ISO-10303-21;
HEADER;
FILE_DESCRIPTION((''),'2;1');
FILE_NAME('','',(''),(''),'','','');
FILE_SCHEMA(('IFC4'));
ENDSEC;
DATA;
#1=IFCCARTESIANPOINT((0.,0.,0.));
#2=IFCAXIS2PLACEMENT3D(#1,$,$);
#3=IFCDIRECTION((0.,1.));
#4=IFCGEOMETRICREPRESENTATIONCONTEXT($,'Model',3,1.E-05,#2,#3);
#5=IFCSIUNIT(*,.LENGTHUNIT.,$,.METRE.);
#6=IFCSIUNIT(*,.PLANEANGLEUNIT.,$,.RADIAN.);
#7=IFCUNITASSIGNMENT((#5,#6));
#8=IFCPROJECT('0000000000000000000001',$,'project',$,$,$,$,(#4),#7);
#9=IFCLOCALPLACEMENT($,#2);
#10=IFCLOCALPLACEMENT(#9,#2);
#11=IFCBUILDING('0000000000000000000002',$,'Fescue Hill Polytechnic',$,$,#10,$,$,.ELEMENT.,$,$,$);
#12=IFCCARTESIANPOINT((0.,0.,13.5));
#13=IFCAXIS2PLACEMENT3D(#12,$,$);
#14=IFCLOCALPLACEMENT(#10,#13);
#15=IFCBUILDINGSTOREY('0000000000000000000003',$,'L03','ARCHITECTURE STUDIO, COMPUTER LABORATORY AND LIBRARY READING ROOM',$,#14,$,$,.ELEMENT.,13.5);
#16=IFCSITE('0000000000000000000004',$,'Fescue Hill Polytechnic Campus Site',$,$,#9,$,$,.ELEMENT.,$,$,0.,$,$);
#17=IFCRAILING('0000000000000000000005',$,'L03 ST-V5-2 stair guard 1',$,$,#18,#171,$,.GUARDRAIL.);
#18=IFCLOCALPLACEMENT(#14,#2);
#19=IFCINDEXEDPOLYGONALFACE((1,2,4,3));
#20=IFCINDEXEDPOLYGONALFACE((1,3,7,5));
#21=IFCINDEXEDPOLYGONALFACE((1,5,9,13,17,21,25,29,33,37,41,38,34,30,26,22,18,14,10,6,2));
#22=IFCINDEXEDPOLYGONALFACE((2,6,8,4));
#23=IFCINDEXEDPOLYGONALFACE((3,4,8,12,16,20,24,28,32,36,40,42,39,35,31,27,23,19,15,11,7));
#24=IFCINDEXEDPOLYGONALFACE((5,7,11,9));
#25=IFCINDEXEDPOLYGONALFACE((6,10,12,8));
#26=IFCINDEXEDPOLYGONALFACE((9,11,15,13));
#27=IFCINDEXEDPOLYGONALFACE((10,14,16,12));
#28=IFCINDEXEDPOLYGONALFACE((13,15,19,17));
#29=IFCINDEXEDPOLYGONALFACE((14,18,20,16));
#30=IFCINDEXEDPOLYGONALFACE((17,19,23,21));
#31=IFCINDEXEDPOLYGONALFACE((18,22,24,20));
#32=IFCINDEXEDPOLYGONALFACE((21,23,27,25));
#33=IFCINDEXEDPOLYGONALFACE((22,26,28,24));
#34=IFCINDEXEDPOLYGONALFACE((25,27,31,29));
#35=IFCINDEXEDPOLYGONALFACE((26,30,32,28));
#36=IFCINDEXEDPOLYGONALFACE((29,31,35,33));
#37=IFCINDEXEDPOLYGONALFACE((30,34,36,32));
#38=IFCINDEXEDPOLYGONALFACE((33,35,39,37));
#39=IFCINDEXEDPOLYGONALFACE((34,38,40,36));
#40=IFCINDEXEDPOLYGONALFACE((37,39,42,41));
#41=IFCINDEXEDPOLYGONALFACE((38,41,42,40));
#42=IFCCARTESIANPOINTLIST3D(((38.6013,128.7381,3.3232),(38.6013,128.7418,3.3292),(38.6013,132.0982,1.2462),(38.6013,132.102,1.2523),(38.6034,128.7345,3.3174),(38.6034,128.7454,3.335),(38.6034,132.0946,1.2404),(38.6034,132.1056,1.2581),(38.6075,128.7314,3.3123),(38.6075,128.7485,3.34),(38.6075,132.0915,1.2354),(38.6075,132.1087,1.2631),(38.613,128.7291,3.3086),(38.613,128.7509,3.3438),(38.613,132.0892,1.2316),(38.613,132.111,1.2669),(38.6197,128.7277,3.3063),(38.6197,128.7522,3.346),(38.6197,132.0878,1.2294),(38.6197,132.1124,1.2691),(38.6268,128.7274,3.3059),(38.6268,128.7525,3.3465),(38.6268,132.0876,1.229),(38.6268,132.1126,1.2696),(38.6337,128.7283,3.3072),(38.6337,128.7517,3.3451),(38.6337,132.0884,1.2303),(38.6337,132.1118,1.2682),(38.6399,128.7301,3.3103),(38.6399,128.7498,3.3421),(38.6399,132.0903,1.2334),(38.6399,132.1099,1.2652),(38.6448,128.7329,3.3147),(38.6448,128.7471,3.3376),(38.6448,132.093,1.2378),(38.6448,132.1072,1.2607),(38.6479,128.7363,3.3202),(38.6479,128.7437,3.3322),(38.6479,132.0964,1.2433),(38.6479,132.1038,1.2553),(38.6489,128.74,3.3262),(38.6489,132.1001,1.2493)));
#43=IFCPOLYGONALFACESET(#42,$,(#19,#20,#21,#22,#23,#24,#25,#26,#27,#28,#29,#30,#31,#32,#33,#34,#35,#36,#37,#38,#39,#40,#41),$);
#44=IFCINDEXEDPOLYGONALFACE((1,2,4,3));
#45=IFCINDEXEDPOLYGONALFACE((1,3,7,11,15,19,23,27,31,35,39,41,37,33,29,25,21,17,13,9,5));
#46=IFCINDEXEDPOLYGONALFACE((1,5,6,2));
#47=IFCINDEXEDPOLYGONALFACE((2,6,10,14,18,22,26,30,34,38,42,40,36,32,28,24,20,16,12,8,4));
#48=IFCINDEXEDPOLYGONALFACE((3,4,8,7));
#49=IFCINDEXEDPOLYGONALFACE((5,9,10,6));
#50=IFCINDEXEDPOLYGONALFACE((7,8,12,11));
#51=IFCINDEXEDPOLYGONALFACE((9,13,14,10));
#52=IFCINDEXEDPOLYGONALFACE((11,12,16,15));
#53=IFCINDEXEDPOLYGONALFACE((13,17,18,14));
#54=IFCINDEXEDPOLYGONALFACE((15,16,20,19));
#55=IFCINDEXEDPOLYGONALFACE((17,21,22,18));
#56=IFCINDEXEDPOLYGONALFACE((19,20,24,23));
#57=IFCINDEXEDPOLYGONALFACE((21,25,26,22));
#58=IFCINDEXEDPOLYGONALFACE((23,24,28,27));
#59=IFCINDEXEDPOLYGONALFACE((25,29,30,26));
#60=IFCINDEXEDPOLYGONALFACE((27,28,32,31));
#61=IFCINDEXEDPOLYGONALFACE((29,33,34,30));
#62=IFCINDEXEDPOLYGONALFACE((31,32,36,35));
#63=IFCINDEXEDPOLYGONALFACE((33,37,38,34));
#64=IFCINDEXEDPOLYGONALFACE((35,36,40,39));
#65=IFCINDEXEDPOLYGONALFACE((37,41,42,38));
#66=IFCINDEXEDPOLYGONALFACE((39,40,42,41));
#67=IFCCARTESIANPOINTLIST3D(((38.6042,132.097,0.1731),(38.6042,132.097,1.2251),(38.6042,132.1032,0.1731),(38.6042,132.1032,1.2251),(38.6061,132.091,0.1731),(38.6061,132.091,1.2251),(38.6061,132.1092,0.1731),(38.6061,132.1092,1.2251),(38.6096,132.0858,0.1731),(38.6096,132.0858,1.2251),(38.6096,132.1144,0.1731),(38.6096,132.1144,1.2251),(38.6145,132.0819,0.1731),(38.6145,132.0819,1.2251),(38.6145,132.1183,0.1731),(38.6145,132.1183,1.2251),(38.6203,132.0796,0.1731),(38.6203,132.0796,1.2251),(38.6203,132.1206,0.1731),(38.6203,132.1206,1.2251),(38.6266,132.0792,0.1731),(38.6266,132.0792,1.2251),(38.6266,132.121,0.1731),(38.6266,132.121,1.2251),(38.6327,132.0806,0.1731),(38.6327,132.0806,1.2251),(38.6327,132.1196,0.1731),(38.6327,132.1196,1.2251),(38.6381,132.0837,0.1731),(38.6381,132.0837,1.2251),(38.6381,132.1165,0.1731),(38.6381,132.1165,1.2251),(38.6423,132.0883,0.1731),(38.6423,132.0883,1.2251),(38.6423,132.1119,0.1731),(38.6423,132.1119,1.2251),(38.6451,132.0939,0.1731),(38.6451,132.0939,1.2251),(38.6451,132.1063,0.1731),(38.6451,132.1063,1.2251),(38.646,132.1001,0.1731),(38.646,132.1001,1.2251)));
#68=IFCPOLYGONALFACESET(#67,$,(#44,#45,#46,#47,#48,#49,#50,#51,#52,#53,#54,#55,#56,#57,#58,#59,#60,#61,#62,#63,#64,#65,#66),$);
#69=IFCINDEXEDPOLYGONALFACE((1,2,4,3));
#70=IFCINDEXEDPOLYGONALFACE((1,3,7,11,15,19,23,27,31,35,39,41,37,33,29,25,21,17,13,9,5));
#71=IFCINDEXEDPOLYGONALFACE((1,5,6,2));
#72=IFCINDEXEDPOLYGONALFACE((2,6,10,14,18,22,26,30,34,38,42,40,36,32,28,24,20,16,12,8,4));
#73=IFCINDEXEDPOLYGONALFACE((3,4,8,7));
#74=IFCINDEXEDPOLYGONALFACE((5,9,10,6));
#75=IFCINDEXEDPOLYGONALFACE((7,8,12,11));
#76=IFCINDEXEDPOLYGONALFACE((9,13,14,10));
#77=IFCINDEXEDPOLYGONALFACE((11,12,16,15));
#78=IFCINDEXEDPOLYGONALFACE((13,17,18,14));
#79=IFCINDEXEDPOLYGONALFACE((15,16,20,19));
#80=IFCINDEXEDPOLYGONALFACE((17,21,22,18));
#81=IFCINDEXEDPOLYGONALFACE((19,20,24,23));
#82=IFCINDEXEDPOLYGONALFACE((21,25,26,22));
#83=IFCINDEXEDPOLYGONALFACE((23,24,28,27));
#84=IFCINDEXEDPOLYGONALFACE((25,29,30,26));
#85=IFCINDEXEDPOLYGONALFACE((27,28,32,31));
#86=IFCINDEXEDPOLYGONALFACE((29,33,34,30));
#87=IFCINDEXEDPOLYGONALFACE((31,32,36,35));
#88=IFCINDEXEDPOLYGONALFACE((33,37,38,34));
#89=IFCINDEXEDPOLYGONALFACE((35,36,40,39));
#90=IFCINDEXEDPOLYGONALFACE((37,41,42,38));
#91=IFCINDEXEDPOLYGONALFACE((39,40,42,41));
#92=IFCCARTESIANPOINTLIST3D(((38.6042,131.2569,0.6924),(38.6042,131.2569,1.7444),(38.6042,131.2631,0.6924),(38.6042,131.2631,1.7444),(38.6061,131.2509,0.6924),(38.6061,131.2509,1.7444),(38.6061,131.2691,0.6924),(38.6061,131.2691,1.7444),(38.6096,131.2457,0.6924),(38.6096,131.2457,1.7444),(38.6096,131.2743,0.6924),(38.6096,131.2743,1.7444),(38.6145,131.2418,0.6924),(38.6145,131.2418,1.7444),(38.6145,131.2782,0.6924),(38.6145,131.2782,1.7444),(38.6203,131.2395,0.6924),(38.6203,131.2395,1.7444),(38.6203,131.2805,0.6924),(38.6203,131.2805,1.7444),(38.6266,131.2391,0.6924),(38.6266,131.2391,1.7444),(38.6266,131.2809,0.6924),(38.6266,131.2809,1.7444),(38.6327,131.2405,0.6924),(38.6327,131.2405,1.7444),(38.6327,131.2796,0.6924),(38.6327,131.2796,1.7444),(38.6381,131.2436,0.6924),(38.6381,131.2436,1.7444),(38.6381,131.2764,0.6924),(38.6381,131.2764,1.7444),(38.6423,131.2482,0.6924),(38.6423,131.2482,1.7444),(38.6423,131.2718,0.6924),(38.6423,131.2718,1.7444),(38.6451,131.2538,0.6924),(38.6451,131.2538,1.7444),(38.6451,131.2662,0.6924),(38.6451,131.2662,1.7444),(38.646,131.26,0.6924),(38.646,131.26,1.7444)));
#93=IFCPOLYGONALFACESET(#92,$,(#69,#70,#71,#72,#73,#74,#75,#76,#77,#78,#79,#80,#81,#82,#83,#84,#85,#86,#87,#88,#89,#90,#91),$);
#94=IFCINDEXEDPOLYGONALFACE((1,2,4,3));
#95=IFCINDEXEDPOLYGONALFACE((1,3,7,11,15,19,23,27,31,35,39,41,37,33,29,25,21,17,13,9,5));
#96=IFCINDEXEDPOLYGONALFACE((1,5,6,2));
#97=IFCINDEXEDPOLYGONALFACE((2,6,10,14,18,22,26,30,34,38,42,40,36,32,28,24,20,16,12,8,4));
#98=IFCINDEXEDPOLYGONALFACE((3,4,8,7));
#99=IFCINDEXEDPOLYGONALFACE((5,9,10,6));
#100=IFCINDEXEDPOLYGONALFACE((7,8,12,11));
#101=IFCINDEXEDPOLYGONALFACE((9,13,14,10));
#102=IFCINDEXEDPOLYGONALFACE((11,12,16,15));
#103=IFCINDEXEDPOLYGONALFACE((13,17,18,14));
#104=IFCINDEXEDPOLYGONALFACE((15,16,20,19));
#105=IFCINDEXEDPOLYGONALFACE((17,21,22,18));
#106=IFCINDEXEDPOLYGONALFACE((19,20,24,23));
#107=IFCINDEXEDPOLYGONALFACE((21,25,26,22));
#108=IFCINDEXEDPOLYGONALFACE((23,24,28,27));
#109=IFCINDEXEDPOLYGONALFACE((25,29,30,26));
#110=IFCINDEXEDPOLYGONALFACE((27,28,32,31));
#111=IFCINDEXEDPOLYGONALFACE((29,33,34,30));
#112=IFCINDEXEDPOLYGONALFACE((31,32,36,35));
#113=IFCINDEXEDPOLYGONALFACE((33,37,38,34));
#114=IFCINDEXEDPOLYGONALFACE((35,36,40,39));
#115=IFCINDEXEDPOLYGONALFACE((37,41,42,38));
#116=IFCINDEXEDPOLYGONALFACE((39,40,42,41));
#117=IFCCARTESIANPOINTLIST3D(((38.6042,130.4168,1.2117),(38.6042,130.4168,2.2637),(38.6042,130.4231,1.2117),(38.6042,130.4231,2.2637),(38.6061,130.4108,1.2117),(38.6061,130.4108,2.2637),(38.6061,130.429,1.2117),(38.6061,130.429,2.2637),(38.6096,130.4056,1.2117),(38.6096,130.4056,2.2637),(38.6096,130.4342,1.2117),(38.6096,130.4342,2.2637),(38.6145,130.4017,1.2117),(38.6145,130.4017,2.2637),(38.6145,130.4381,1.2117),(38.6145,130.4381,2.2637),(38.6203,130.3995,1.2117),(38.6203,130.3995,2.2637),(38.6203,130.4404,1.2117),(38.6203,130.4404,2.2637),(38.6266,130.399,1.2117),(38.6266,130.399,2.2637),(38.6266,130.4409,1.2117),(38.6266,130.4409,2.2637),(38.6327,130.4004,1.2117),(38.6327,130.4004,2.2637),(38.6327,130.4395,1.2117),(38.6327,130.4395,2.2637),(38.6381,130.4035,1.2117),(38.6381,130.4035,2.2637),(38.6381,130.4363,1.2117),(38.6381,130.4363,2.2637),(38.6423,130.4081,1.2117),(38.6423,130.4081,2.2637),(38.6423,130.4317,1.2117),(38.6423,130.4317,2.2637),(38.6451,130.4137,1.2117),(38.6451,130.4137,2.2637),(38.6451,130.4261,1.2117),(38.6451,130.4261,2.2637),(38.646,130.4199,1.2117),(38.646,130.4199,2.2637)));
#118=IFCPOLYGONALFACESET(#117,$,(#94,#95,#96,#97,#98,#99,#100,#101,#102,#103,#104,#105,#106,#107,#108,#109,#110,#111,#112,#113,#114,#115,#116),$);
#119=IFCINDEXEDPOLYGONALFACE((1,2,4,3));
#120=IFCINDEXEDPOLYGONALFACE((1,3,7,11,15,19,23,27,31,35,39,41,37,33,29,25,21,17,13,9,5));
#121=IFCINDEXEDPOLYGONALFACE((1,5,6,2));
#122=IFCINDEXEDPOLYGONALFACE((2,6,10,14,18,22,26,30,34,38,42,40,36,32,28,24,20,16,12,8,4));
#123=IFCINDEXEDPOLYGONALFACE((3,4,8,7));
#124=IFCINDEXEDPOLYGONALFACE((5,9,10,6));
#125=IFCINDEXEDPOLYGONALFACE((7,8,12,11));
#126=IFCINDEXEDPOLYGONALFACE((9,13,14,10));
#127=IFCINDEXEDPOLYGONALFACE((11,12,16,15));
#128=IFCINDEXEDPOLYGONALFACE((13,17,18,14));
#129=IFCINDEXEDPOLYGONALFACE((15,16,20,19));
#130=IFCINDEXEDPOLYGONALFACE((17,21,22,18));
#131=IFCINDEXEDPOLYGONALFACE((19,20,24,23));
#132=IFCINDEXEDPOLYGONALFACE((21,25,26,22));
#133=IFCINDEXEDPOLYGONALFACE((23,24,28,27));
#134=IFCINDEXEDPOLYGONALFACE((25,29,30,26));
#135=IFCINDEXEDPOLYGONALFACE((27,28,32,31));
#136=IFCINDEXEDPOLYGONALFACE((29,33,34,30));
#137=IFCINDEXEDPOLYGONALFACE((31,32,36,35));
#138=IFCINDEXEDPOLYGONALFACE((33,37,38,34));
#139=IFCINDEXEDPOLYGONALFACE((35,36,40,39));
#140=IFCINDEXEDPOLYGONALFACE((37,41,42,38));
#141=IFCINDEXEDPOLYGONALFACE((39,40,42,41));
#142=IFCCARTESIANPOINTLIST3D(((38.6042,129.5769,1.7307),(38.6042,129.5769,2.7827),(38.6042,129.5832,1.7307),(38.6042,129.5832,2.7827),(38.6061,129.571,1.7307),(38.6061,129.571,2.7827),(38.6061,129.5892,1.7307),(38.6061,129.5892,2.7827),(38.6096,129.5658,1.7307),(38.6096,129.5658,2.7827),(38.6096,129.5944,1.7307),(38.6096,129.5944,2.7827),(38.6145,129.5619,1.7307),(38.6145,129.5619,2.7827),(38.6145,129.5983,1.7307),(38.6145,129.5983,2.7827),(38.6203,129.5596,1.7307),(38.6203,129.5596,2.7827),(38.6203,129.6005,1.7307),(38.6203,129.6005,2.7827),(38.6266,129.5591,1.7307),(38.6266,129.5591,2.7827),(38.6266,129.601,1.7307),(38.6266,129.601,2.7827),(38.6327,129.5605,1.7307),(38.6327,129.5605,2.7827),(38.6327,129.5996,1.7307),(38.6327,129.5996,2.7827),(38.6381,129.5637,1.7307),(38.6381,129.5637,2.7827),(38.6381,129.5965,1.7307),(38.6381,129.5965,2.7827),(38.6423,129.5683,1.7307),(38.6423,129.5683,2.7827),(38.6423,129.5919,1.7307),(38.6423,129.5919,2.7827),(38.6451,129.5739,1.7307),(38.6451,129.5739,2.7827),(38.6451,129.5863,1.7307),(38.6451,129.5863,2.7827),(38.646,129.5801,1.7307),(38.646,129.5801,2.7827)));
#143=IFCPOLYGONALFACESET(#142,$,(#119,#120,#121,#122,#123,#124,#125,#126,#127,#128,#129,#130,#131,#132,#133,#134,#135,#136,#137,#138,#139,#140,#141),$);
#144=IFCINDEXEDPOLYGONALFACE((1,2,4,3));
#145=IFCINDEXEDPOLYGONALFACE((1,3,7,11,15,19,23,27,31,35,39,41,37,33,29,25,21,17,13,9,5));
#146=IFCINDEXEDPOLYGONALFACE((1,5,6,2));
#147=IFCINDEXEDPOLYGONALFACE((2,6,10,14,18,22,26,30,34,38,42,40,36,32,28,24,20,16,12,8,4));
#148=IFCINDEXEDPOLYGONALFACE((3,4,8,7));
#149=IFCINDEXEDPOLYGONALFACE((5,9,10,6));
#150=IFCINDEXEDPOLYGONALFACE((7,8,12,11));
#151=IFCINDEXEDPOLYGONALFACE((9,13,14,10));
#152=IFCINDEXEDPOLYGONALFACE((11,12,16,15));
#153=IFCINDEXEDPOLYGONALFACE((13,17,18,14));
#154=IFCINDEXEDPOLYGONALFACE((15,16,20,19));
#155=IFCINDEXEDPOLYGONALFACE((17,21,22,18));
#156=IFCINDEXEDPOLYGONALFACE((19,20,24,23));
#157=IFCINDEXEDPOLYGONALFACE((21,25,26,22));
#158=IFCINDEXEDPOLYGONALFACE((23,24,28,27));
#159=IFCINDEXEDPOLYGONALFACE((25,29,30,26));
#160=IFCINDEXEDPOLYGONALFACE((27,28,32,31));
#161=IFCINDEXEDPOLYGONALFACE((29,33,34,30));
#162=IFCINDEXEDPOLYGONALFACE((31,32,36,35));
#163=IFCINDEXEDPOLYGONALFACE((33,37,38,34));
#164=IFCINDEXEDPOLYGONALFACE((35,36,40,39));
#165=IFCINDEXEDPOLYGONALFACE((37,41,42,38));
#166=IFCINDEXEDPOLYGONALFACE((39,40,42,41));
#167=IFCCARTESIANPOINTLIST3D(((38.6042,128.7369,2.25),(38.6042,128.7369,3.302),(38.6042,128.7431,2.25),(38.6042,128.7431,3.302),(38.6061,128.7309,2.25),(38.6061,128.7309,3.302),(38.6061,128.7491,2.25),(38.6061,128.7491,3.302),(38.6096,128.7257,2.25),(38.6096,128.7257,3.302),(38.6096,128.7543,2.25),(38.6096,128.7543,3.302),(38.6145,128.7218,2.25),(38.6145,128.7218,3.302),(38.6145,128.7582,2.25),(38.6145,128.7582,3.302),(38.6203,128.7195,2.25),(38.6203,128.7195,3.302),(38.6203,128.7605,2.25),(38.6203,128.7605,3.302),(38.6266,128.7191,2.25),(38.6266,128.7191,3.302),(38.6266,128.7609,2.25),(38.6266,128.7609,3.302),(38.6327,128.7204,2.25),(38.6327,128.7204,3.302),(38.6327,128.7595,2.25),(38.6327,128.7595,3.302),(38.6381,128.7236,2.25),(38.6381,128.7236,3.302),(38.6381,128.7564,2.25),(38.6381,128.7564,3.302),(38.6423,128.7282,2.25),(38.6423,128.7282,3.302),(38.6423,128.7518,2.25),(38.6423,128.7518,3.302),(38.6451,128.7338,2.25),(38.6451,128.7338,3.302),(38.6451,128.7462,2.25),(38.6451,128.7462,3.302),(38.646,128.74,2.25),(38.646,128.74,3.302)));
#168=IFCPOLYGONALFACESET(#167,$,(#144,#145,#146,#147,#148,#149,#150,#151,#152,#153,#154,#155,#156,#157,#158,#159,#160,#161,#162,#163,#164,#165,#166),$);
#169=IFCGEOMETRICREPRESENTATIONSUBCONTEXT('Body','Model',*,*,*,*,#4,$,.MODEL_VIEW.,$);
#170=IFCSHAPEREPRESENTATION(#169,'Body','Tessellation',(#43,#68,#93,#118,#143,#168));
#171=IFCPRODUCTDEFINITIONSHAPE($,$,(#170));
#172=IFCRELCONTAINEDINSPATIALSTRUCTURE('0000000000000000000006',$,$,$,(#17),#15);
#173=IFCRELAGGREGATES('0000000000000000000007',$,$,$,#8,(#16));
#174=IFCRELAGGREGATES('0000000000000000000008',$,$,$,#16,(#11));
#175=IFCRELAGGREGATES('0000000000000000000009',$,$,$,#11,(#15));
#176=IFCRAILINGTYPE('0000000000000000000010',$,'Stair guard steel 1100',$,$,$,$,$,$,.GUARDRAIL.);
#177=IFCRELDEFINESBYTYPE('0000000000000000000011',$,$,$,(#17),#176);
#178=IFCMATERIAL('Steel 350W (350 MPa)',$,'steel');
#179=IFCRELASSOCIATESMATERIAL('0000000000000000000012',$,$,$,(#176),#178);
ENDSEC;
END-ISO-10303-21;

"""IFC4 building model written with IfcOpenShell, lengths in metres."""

from ifc_helpers import new_model, si_unit, direction, frame, origin, origin_2d, place, context, subcontext, project, spatial, circle, extrude, material, type_object, element, save


model = new_model("IFC4")

# Units and contexts
model_context = context("Model", 3, precision=1e-05, world=origin(), true_north=direction((0.0, 1.0)))
body_context = subcontext(model_context, "Body", "Model", "MODEL_VIEW")
ifc_project = project(units=[si_unit("LENGTHUNIT", "METRE"), si_unit("PLANEANGLEUNIT", "RADIAN")], contexts=[model_context])

# Site, building, storey
site_placement = place(None, origin())
site = spatial("IfcSite", under=ifc_project, at=site_placement, Name="Fescue Hill Polytechnic Campus Site", CompositionType="ELEMENT", RefElevation=0.0)
building_placement = place(site_placement, origin())
building = spatial("IfcBuilding", under=site, at=building_placement, Name="Fescue Hill Polytechnic", CompositionType="ELEMENT")
storey_placement = place(building_placement, frame((0.0, 0.0, 13.5)))
storey = spatial("IfcBuildingStorey", under=building, at=storey_placement, Name="L03", Description="ARCHITECTURE STUDIO, COMPUTER LABORATORY AND LIBRARY READING ROOM", CompositionType="ELEMENT", Elevation=13.5)

# Railing
ifc_material_1 = material(Name="Steel 350W (350 MPa)", Category="steel")
railing_type_1 = type_object("IfcRailingType", Name="Stair guard steel 1100", PredefinedType="GUARDRAIL", material=ifc_material_1)
railing_1_placement = place(storey_placement, frame((38.625, 132.1001, 0.1731)))
element("IfcRailing", 1, at=railing_1_placement, inside=storey, type_object=railing_type_1, Name="L03 ST-V5-2 stair guard 1", PredefinedType="GUARDRAIL", context=body_context, shape_type="SweptSolid", body=[
    extrude(circle(Radius=0.0239, at=origin_2d()), frame((0.0, 0.0, 1.0762), z_axis=(0.0, -0.850623, 0.525776), x_axis=(1.0, 0.0, 0.0)), (0.0, 0.0, 1.0), 3.9502),
    extrude(circle(Radius=0.021, at=origin_2d()), origin(), (0.0, 0.0, 1.0), 1.052),
    extrude(circle(Radius=0.021, at=origin_2d()), frame((0.0, -0.8401, 0.5193)), (0.0, 0.0, 1.0), 1.052),
    extrude(circle(Radius=0.021, at=origin_2d()), frame((0.0, -1.6802, 1.0386)), (0.0, 0.0, 1.0), 1.052),
    extrude(circle(Radius=0.021, at=origin_2d()), frame((0.0, -2.52, 1.5576)), (0.0, 0.0, 1.0), 1.052),
    extrude(circle(Radius=0.021, at=origin_2d()), frame((0.0, -3.3601, 2.0769)), (0.0, 0.0, 1.0), 1.052),
])

save(model, "model.ifc")
